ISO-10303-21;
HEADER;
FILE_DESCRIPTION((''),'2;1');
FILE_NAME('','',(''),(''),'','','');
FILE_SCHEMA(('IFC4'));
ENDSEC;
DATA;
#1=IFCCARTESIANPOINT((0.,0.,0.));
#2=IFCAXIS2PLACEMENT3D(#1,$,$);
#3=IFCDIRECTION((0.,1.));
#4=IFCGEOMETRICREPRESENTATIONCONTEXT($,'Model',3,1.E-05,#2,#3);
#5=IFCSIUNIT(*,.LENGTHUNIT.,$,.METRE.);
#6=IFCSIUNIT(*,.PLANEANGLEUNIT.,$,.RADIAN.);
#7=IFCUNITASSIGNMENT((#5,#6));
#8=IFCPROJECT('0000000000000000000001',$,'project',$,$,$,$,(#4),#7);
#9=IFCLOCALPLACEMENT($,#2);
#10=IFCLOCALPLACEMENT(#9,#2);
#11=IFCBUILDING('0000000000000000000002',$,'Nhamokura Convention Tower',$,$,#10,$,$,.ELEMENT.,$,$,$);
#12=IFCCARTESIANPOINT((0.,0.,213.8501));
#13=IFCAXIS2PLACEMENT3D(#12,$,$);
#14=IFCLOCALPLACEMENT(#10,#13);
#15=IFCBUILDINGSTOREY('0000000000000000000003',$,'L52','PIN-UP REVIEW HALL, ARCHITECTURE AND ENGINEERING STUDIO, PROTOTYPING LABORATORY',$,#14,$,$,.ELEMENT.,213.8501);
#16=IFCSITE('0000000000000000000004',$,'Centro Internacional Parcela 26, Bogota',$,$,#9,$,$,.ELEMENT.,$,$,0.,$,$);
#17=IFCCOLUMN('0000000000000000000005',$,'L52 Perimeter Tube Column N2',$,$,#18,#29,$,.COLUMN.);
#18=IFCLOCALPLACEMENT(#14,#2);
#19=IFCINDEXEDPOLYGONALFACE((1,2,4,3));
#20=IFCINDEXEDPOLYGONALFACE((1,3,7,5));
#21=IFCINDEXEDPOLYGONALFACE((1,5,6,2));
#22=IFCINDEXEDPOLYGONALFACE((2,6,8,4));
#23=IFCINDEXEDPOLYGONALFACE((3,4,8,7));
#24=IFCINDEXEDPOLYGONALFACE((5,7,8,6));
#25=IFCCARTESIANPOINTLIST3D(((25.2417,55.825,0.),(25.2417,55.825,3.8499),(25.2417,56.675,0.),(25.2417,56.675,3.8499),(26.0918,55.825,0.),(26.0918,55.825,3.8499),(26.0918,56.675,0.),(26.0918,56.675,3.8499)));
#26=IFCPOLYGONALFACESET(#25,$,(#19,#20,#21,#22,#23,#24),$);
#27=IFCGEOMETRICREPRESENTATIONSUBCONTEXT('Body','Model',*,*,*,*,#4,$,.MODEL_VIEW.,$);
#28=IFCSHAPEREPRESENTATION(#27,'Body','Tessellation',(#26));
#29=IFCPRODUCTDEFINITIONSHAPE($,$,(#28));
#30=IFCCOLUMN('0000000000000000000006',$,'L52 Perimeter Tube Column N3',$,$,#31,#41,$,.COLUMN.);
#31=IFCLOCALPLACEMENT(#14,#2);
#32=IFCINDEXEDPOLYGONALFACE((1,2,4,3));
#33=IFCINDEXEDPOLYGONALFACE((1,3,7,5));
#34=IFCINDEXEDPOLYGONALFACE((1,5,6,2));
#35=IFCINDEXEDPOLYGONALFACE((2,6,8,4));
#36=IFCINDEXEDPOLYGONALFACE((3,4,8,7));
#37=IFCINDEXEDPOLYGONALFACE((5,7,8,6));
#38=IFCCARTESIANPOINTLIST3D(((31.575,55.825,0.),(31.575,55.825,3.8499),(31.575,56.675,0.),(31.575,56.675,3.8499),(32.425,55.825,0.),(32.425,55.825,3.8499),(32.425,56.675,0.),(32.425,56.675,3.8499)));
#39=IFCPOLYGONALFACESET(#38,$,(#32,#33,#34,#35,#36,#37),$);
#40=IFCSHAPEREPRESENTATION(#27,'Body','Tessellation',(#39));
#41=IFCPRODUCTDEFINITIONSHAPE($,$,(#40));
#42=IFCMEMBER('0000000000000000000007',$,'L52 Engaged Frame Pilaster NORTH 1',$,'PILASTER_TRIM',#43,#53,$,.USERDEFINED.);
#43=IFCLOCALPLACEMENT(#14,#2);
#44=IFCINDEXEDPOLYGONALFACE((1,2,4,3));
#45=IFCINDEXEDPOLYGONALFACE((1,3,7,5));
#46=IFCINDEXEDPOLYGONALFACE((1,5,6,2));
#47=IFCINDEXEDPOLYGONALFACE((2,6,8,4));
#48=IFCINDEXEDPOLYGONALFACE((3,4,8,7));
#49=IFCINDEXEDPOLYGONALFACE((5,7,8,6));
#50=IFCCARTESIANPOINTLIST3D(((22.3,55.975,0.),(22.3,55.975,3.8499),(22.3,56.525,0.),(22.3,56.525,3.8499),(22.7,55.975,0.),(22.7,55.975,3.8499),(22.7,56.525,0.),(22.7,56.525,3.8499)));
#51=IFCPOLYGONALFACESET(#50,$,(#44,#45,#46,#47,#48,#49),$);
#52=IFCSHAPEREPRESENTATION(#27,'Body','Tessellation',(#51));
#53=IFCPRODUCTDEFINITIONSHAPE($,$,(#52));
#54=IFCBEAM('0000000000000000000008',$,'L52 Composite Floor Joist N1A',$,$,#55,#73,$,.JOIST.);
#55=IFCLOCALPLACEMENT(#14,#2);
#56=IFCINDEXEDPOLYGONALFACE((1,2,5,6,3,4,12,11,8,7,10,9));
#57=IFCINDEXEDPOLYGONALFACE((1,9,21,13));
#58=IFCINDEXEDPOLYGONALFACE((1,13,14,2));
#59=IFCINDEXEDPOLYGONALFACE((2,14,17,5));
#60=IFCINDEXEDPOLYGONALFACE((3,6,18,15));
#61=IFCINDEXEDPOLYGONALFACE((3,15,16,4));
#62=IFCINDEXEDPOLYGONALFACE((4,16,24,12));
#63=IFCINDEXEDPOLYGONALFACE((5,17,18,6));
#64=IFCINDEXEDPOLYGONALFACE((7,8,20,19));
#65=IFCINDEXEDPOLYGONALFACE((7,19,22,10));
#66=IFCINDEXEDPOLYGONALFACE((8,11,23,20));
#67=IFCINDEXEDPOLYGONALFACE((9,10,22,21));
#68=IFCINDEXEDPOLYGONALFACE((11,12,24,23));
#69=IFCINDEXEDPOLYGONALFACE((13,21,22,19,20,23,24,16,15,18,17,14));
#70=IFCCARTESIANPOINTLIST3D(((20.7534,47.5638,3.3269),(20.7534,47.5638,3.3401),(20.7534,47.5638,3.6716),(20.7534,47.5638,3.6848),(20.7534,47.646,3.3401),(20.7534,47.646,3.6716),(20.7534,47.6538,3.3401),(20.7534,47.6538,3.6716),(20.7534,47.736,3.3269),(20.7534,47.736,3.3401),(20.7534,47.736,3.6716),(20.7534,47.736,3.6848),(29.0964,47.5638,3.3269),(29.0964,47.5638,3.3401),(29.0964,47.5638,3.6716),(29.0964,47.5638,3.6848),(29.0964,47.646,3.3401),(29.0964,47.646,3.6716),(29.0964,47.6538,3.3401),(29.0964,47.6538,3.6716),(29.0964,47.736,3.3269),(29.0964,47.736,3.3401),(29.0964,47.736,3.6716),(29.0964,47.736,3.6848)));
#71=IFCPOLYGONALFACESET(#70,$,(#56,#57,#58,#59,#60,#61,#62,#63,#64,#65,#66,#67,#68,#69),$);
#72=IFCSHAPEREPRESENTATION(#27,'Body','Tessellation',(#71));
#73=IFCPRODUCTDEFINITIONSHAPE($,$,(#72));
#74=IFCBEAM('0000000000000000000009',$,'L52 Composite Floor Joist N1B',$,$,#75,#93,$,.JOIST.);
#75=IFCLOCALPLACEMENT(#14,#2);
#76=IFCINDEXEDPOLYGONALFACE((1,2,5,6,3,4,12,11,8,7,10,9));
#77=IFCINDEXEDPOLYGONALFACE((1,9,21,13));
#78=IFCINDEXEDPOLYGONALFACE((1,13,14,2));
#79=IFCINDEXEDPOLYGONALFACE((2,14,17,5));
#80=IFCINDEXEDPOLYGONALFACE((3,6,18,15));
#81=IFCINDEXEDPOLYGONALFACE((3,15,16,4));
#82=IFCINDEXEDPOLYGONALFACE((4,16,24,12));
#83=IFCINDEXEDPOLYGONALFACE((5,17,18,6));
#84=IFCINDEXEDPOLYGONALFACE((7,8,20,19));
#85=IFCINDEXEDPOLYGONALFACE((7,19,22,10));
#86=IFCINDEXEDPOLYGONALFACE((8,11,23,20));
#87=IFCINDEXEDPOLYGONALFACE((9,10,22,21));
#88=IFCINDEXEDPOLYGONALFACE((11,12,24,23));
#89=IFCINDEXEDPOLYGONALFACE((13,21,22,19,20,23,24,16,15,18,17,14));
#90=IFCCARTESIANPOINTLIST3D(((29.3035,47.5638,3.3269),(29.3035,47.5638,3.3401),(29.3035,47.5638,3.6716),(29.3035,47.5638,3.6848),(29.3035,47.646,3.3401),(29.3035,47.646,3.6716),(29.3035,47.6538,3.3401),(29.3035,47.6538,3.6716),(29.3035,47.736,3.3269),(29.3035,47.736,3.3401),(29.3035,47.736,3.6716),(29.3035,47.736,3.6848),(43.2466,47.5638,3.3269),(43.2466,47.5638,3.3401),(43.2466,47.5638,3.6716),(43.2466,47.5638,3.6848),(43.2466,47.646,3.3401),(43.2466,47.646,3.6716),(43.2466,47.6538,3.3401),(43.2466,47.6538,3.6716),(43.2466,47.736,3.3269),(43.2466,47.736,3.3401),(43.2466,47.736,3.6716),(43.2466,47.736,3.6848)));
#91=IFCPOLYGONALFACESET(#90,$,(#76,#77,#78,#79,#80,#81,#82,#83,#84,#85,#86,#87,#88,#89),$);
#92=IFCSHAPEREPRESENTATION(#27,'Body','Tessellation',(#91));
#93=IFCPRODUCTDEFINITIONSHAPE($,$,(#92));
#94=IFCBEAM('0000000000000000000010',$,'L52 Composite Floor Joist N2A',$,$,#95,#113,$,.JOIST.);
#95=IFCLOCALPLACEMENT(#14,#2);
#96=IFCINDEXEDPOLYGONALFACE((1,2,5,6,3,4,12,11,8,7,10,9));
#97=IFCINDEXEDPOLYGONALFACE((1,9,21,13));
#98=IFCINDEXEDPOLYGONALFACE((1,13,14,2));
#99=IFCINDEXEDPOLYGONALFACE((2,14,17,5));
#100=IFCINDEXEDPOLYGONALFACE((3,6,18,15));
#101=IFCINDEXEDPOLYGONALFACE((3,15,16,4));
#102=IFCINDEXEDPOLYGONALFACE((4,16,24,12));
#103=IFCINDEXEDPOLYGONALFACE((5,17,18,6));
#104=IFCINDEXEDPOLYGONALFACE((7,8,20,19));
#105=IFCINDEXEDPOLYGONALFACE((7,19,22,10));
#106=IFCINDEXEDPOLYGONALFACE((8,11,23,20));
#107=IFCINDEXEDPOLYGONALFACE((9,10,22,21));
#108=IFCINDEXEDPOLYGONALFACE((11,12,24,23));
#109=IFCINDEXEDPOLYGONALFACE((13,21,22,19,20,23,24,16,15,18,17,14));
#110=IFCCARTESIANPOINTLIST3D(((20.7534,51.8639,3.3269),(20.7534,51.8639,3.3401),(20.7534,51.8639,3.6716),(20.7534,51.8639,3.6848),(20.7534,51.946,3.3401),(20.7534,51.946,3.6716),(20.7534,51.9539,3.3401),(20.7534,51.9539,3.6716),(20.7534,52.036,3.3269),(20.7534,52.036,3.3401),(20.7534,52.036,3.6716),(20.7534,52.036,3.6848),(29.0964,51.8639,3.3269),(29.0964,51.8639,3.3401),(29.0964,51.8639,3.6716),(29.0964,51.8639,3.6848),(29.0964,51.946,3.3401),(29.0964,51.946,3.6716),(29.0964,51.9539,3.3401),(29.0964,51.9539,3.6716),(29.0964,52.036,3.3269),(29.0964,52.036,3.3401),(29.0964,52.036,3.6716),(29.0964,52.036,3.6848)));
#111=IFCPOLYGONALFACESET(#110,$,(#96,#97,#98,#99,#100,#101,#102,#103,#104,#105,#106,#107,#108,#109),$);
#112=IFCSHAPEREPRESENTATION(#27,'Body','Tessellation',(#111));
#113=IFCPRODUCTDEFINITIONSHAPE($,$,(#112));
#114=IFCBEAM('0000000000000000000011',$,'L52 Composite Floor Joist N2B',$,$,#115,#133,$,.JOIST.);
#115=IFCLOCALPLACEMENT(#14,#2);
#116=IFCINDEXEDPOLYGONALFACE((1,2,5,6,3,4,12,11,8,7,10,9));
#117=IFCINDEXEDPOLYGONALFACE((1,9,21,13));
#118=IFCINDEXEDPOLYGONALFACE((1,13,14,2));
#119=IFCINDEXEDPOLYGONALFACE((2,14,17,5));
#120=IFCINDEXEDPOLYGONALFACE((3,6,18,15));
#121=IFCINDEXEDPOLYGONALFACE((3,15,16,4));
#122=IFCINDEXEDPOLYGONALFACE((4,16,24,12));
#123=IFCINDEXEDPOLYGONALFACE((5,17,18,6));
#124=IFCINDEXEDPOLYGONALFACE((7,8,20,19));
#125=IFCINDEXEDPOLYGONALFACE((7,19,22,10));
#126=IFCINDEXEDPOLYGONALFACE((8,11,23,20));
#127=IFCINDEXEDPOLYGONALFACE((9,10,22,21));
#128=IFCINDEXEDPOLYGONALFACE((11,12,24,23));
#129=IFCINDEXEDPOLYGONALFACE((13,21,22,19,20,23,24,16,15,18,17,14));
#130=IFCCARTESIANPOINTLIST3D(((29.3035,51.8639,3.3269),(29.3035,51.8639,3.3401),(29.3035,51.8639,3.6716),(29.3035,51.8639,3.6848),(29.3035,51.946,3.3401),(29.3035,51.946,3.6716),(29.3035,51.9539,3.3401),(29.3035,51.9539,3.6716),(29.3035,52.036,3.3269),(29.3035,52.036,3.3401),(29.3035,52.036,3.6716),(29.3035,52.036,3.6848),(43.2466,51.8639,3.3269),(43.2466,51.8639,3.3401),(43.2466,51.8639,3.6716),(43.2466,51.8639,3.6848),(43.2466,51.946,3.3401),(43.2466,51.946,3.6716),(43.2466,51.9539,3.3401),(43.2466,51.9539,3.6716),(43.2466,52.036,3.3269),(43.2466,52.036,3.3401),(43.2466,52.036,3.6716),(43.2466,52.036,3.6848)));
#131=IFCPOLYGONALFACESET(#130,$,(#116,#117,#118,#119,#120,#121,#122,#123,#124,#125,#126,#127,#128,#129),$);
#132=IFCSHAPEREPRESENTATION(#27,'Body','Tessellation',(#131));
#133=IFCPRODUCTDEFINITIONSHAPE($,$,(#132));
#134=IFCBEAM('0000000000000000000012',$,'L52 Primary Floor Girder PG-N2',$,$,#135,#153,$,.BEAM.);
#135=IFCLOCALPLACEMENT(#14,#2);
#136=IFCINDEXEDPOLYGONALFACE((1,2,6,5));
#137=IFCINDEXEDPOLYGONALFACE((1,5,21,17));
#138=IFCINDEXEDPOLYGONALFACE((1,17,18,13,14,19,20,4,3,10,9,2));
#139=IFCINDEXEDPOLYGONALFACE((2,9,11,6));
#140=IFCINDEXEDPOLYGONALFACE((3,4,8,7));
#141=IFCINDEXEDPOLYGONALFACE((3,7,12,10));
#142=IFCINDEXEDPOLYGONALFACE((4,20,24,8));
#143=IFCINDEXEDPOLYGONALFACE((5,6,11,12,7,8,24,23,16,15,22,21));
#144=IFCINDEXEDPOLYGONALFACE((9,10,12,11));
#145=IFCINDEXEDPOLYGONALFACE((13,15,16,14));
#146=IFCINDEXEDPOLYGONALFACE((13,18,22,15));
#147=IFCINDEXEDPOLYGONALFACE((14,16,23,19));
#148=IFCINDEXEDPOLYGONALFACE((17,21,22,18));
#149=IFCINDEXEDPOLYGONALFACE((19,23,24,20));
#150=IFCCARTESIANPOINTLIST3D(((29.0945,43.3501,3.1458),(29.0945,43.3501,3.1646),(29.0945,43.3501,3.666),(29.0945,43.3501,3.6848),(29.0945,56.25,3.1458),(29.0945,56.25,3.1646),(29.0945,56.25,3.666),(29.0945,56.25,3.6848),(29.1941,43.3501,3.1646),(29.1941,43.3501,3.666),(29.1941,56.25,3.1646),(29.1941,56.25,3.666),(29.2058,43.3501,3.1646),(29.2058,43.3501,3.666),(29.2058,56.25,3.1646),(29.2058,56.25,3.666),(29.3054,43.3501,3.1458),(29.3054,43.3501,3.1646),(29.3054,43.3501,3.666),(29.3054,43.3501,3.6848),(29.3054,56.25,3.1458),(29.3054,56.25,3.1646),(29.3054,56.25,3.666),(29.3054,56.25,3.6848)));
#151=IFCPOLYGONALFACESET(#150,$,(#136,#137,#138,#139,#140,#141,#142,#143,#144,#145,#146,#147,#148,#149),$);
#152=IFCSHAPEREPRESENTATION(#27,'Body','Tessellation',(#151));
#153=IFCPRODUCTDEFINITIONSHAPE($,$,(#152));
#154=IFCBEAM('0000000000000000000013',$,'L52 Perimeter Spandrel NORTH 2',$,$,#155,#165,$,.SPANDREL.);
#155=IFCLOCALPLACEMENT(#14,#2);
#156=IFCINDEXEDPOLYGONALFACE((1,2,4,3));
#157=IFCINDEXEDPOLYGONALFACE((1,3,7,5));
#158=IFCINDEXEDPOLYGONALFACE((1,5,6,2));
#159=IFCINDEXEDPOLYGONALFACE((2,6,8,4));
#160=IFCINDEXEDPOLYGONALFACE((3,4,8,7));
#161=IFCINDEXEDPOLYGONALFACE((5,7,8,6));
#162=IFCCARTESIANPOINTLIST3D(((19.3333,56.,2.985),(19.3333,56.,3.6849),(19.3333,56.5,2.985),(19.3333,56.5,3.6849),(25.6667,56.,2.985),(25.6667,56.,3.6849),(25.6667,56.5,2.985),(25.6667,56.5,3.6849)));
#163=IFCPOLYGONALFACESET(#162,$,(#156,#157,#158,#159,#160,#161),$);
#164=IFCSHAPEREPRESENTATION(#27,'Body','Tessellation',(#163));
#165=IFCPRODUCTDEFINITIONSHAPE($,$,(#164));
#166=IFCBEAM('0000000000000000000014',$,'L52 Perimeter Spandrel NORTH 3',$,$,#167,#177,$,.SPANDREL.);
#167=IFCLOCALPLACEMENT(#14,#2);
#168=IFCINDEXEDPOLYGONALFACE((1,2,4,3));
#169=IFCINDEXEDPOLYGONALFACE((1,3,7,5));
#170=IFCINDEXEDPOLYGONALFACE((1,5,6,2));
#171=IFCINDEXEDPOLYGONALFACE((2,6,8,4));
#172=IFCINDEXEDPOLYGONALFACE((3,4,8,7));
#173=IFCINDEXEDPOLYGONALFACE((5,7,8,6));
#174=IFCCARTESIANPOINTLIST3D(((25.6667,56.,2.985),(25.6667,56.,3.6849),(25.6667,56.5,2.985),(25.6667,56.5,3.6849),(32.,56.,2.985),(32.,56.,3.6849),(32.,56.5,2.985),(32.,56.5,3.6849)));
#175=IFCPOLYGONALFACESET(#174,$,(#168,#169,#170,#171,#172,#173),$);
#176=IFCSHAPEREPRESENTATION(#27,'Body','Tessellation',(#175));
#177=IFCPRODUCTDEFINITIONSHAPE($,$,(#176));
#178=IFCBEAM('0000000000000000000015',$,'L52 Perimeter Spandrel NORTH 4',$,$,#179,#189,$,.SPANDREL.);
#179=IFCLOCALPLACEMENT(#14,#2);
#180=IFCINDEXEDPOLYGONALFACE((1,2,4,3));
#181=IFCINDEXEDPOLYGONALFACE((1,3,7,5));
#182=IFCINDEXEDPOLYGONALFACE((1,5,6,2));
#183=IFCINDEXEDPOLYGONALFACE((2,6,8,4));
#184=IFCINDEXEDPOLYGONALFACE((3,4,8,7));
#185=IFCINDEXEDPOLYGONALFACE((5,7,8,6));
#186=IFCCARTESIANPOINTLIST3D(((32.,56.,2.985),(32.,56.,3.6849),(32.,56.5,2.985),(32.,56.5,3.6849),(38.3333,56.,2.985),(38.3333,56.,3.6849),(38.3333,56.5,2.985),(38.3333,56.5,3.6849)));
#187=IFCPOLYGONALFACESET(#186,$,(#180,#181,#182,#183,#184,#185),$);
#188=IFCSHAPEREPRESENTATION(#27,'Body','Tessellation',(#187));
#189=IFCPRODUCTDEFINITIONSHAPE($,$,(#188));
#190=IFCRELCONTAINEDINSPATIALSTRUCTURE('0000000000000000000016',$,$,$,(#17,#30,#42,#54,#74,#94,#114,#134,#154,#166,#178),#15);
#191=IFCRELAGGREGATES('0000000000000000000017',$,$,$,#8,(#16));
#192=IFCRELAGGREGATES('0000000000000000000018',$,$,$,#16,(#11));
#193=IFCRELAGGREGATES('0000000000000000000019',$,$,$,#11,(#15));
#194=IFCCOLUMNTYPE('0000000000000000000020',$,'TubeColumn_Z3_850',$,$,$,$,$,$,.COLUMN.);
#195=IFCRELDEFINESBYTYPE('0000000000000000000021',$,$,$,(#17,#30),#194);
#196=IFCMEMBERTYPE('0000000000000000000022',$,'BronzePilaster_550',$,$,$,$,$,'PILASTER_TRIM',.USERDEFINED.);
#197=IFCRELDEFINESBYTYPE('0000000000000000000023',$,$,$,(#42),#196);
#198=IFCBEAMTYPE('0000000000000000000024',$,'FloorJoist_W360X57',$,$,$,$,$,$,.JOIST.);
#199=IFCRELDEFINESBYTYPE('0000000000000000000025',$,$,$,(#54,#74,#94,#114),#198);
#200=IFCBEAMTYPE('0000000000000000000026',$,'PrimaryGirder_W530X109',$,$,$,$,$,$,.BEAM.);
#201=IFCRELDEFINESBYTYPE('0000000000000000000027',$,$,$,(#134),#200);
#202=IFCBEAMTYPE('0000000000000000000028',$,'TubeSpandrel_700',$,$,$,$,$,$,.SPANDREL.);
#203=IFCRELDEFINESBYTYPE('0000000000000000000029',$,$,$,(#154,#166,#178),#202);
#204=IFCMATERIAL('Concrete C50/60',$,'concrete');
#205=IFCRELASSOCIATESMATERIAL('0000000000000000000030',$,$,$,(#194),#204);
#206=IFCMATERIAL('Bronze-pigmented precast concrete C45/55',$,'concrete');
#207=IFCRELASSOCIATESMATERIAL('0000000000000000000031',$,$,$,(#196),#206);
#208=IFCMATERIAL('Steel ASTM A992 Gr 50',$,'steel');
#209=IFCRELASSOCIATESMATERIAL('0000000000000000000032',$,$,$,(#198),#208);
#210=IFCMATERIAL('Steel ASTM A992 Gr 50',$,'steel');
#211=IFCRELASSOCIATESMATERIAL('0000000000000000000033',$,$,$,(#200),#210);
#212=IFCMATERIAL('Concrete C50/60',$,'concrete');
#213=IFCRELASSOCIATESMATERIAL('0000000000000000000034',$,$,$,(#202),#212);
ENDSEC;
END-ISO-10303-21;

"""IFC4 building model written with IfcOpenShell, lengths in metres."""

from ifc_helpers import new_model, si_unit, direction, frame, origin, origin_2d, place, context, subcontext, project, spatial, rectangle, i_section, extrude, material, material_profile, profile_set, type_object, element, save


model = new_model("IFC4")

# Units and contexts
model_context = context("Model", 3, precision=1e-05, world=origin(), true_north=direction((0.0, 1.0)))
body_context = subcontext(model_context, "Body", "Model", "MODEL_VIEW")
ifc_project = project(units=[si_unit("LENGTHUNIT", "METRE"), si_unit("PLANEANGLEUNIT", "RADIAN")], contexts=[model_context])

# Site, building, storey
site_placement = place(None, origin())
site = spatial("IfcSite", under=ifc_project, at=site_placement, Name="Centro Internacional Parcela 26, Bogota", CompositionType="ELEMENT", RefElevation=0.0)
building_placement = place(site_placement, origin())
building = spatial("IfcBuilding", under=site, at=building_placement, Name="Nhamokura Convention Tower", CompositionType="ELEMENT")
storey_placement = place(building_placement, frame((0.0, 0.0, 213.8501)))
storey = spatial("IfcBuildingStorey", under=building, at=storey_placement, Name="L52", Description="PIN-UP REVIEW HALL, ARCHITECTURE AND ENGINEERING STUDIO, PROTOTYPING LABORATORY", CompositionType="ELEMENT", Elevation=213.8501)

# Columns
ifc_material_1 = material(Name="Concrete C50/60", Category="concrete")
ifc_material_profile_1 = material_profile(ifc_material_1, rectangle(XDim=0.8501, YDim=0.8501, at=origin_2d()))
ifc_profile_set_1 = profile_set([ifc_material_profile_1], Name="Concrete C50/60")
column_type = type_object("IfcColumnType", Name="TubeColumn_Z3_850", PredefinedType="COLUMN", material=ifc_profile_set_1)
for number, where, z_axis, x_axis, name in (
    (1, (25.6667, 56.25, 0.0), (0.0, 0.0, 1.0), (1.0, 0.0, 0.0), "L52 Perimeter Tube Column N2"),
    (2, (32.0, 56.25, 0.0), (0.0, 0.0, 1.0), (1.0, 0.0, 0.0), "L52 Perimeter Tube Column N3"),
):
    element("IfcColumn", number, at=place(storey_placement, frame(where, z_axis=z_axis, x_axis=x_axis)), inside=storey, type_object=column_type, Name=name, PredefinedType="COLUMN", context=body_context, shape_type="SweptSolid", body=[
        extrude(rectangle(XDim=0.8501, YDim=0.8501, at=origin_2d()), origin(), (0.0, 0.0, 1.0), 3.8499),
    ])

# Member
ifc_material_2 = material(Name="Bronze-pigmented precast concrete C45/55", Category="concrete")
ifc_material_profile_2 = material_profile(ifc_material_2, rectangle(XDim=0.3999, YDim=0.55, at=origin_2d()))
ifc_profile_set_2 = profile_set([ifc_material_profile_2], Name="Bronze-pigmented precast concrete C45/55")
member_type = type_object("IfcMemberType", Name="BronzePilaster_550", ElementType="PILASTER_TRIM", PredefinedType="USERDEFINED", material=ifc_profile_set_2)
member_placement = place(storey_placement, frame((22.5, 56.25, 0.0), z_axis=(0.0, 0.0, 1.0), x_axis=(1.0, 0.0, 0.0)))
element("IfcMember", 3, at=member_placement, inside=storey, type_object=member_type, Name="L52 Engaged Frame Pilaster NORTH 1", ObjectType="PILASTER_TRIM", PredefinedType="USERDEFINED", context=body_context, shape_type="SweptSolid", body=[
    extrude(rectangle(XDim=0.3999, YDim=0.55, at=origin_2d()), origin(), (0.0, 0.0, 1.0), 3.8499),
])

# Beams
ifc_material_3 = material(Name="Steel ASTM A992 Gr 50", Category="steel")
ifc_material_profile_3 = material_profile(ifc_material_3, i_section(OverallWidth=0.1721, OverallDepth=0.3579, WebThickness=0.0078, FlangeThickness=0.0132, at=origin_2d()))
ifc_profile_set_3 = profile_set([ifc_material_profile_3], Name="Steel ASTM A992 Gr 50")
beam_type_1 = type_object("IfcBeamType", Name="FloorJoist_W360X57", PredefinedType="JOIST", material=ifc_profile_set_3)
beam_1_placement = place(storey_placement, frame((20.7534, 47.6499, 3.5059), z_axis=(1.0, 0.0, 0.0), x_axis=(0.0, 1.0, 0.0)))
element("IfcBeam", 4, at=beam_1_placement, inside=storey, type_object=beam_type_1, Name="L52 Composite Floor Joist N1A", PredefinedType="JOIST", context=body_context, shape_type="SweptSolid", body=[
    extrude(i_section(OverallWidth=0.1721, OverallDepth=0.3579, WebThickness=0.0078, FlangeThickness=0.0132, at=origin_2d()), origin(), (0.0, 0.0, 1.0), 8.343),
])
beam_2_placement = place(storey_placement, frame((29.3035, 47.6499, 3.5059), z_axis=(1.0, 0.0, 0.0), x_axis=(0.0, 1.0, 0.0)))
element("IfcBeam", 5, at=beam_2_placement, inside=storey, type_object=beam_type_1, Name="L52 Composite Floor Joist N1B", PredefinedType="JOIST", context=body_context, shape_type="SweptSolid", body=[
    extrude(i_section(OverallWidth=0.1721, OverallDepth=0.3579, WebThickness=0.0078, FlangeThickness=0.0132, at=origin_2d()), origin(), (0.0, 0.0, 1.0), 13.9431),
])
beam_3_placement = place(storey_placement, frame((20.7534, 51.95, 3.5059), z_axis=(1.0, 0.0, 0.0), x_axis=(0.0, 1.0, 0.0)))
element("IfcBeam", 6, at=beam_3_placement, inside=storey, type_object=beam_type_1, Name="L52 Composite Floor Joist N2A", PredefinedType="JOIST", context=body_context, shape_type="SweptSolid", body=[
    extrude(i_section(OverallWidth=0.1721, OverallDepth=0.3579, WebThickness=0.0078, FlangeThickness=0.0132, at=origin_2d()), origin(), (0.0, 0.0, 1.0), 8.343),
])
beam_4_placement = place(storey_placement, frame((29.3035, 51.95, 3.5059), z_axis=(1.0, 0.0, 0.0), x_axis=(0.0, 1.0, 0.0)))
element("IfcBeam", 7, at=beam_4_placement, inside=storey, type_object=beam_type_1, Name="L52 Composite Floor Joist N2B", PredefinedType="JOIST", context=body_context, shape_type="SweptSolid", body=[
    extrude(i_section(OverallWidth=0.1721, OverallDepth=0.3579, WebThickness=0.0078, FlangeThickness=0.0132, at=origin_2d()), origin(), (0.0, 0.0, 1.0), 13.9431),
])
ifc_material_4 = material(Name="Steel ASTM A992 Gr 50", Category="steel")
ifc_material_profile_4 = material_profile(ifc_material_4, i_section(OverallWidth=0.2109, OverallDepth=0.5391, WebThickness=0.0117, FlangeThickness=0.0188, at=origin_2d()))
ifc_profile_set_4 = profile_set([ifc_material_profile_4], Name="Steel ASTM A992 Gr 50")
beam_type_2 = type_object("IfcBeamType", Name="PrimaryGirder_W530X109", PredefinedType="BEAM", material=ifc_profile_set_4)
beam_5_placement = place(storey_placement, frame((29.2, 43.3501, 3.4153), z_axis=(0.0, 1.0, 0.0), x_axis=(-1.0, 0.0, 0.0)))
element("IfcBeam", 8, at=beam_5_placement, inside=storey, type_object=beam_type_2, Name="L52 Primary Floor Girder PG-N2", PredefinedType="BEAM", context=body_context, shape_type="SweptSolid", body=[
    extrude(i_section(OverallWidth=0.2109, OverallDepth=0.5391, WebThickness=0.0117, FlangeThickness=0.0188, at=origin_2d()), origin(), (0.0, 0.0, 1.0), 12.8999),
])
ifc_material_5 = material(Name="Concrete C50/60", Category="concrete")
ifc_material_profile_5 = material_profile(ifc_material_5, rectangle(XDim=0.5, YDim=0.7, at=origin_2d()))
ifc_profile_set_5 = profile_set([ifc_material_profile_5], Name="Concrete C50/60")
beam_type_3 = type_object("IfcBeamType", Name="TubeSpandrel_700", PredefinedType="SPANDREL", material=ifc_profile_set_5)
beam_6_placement = place(storey_placement, frame((19.3333, 56.25, 3.335), z_axis=(1.0, 0.0, 0.0), x_axis=(0.0, 1.0, 0.0)))
element("IfcBeam", 9, at=beam_6_placement, inside=storey, type_object=beam_type_3, Name="L52 Perimeter Spandrel NORTH 2", PredefinedType="SPANDREL", context=body_context, shape_type="SweptSolid", body=[
    extrude(rectangle(XDim=0.5, YDim=0.7, at=origin_2d()), origin(), (0.0, 0.0, 1.0), 6.3335),
])
for number, where, z_axis, x_axis, name in (
    (10, (25.6667, 56.25, 3.335), (1.0, 0.0, 0.0), (0.0, 1.0, 0.0), "L52 Perimeter Spandrel NORTH 3"),
    (11, (32.0, 56.25, 3.335), (1.0, 0.0, 0.0), (0.0, 1.0, 0.0), "L52 Perimeter Spandrel NORTH 4"),
):
    element("IfcBeam", number, at=place(storey_placement, frame(where, z_axis=z_axis, x_axis=x_axis)), inside=storey, type_object=beam_type_3, Name=name, PredefinedType="SPANDREL", context=body_context, shape_type="SweptSolid", body=[
        extrude(rectangle(XDim=0.5, YDim=0.7, at=origin_2d()), origin(), (0.0, 0.0, 1.0), 6.3333),
    ])

save(model, "model.ifc")
